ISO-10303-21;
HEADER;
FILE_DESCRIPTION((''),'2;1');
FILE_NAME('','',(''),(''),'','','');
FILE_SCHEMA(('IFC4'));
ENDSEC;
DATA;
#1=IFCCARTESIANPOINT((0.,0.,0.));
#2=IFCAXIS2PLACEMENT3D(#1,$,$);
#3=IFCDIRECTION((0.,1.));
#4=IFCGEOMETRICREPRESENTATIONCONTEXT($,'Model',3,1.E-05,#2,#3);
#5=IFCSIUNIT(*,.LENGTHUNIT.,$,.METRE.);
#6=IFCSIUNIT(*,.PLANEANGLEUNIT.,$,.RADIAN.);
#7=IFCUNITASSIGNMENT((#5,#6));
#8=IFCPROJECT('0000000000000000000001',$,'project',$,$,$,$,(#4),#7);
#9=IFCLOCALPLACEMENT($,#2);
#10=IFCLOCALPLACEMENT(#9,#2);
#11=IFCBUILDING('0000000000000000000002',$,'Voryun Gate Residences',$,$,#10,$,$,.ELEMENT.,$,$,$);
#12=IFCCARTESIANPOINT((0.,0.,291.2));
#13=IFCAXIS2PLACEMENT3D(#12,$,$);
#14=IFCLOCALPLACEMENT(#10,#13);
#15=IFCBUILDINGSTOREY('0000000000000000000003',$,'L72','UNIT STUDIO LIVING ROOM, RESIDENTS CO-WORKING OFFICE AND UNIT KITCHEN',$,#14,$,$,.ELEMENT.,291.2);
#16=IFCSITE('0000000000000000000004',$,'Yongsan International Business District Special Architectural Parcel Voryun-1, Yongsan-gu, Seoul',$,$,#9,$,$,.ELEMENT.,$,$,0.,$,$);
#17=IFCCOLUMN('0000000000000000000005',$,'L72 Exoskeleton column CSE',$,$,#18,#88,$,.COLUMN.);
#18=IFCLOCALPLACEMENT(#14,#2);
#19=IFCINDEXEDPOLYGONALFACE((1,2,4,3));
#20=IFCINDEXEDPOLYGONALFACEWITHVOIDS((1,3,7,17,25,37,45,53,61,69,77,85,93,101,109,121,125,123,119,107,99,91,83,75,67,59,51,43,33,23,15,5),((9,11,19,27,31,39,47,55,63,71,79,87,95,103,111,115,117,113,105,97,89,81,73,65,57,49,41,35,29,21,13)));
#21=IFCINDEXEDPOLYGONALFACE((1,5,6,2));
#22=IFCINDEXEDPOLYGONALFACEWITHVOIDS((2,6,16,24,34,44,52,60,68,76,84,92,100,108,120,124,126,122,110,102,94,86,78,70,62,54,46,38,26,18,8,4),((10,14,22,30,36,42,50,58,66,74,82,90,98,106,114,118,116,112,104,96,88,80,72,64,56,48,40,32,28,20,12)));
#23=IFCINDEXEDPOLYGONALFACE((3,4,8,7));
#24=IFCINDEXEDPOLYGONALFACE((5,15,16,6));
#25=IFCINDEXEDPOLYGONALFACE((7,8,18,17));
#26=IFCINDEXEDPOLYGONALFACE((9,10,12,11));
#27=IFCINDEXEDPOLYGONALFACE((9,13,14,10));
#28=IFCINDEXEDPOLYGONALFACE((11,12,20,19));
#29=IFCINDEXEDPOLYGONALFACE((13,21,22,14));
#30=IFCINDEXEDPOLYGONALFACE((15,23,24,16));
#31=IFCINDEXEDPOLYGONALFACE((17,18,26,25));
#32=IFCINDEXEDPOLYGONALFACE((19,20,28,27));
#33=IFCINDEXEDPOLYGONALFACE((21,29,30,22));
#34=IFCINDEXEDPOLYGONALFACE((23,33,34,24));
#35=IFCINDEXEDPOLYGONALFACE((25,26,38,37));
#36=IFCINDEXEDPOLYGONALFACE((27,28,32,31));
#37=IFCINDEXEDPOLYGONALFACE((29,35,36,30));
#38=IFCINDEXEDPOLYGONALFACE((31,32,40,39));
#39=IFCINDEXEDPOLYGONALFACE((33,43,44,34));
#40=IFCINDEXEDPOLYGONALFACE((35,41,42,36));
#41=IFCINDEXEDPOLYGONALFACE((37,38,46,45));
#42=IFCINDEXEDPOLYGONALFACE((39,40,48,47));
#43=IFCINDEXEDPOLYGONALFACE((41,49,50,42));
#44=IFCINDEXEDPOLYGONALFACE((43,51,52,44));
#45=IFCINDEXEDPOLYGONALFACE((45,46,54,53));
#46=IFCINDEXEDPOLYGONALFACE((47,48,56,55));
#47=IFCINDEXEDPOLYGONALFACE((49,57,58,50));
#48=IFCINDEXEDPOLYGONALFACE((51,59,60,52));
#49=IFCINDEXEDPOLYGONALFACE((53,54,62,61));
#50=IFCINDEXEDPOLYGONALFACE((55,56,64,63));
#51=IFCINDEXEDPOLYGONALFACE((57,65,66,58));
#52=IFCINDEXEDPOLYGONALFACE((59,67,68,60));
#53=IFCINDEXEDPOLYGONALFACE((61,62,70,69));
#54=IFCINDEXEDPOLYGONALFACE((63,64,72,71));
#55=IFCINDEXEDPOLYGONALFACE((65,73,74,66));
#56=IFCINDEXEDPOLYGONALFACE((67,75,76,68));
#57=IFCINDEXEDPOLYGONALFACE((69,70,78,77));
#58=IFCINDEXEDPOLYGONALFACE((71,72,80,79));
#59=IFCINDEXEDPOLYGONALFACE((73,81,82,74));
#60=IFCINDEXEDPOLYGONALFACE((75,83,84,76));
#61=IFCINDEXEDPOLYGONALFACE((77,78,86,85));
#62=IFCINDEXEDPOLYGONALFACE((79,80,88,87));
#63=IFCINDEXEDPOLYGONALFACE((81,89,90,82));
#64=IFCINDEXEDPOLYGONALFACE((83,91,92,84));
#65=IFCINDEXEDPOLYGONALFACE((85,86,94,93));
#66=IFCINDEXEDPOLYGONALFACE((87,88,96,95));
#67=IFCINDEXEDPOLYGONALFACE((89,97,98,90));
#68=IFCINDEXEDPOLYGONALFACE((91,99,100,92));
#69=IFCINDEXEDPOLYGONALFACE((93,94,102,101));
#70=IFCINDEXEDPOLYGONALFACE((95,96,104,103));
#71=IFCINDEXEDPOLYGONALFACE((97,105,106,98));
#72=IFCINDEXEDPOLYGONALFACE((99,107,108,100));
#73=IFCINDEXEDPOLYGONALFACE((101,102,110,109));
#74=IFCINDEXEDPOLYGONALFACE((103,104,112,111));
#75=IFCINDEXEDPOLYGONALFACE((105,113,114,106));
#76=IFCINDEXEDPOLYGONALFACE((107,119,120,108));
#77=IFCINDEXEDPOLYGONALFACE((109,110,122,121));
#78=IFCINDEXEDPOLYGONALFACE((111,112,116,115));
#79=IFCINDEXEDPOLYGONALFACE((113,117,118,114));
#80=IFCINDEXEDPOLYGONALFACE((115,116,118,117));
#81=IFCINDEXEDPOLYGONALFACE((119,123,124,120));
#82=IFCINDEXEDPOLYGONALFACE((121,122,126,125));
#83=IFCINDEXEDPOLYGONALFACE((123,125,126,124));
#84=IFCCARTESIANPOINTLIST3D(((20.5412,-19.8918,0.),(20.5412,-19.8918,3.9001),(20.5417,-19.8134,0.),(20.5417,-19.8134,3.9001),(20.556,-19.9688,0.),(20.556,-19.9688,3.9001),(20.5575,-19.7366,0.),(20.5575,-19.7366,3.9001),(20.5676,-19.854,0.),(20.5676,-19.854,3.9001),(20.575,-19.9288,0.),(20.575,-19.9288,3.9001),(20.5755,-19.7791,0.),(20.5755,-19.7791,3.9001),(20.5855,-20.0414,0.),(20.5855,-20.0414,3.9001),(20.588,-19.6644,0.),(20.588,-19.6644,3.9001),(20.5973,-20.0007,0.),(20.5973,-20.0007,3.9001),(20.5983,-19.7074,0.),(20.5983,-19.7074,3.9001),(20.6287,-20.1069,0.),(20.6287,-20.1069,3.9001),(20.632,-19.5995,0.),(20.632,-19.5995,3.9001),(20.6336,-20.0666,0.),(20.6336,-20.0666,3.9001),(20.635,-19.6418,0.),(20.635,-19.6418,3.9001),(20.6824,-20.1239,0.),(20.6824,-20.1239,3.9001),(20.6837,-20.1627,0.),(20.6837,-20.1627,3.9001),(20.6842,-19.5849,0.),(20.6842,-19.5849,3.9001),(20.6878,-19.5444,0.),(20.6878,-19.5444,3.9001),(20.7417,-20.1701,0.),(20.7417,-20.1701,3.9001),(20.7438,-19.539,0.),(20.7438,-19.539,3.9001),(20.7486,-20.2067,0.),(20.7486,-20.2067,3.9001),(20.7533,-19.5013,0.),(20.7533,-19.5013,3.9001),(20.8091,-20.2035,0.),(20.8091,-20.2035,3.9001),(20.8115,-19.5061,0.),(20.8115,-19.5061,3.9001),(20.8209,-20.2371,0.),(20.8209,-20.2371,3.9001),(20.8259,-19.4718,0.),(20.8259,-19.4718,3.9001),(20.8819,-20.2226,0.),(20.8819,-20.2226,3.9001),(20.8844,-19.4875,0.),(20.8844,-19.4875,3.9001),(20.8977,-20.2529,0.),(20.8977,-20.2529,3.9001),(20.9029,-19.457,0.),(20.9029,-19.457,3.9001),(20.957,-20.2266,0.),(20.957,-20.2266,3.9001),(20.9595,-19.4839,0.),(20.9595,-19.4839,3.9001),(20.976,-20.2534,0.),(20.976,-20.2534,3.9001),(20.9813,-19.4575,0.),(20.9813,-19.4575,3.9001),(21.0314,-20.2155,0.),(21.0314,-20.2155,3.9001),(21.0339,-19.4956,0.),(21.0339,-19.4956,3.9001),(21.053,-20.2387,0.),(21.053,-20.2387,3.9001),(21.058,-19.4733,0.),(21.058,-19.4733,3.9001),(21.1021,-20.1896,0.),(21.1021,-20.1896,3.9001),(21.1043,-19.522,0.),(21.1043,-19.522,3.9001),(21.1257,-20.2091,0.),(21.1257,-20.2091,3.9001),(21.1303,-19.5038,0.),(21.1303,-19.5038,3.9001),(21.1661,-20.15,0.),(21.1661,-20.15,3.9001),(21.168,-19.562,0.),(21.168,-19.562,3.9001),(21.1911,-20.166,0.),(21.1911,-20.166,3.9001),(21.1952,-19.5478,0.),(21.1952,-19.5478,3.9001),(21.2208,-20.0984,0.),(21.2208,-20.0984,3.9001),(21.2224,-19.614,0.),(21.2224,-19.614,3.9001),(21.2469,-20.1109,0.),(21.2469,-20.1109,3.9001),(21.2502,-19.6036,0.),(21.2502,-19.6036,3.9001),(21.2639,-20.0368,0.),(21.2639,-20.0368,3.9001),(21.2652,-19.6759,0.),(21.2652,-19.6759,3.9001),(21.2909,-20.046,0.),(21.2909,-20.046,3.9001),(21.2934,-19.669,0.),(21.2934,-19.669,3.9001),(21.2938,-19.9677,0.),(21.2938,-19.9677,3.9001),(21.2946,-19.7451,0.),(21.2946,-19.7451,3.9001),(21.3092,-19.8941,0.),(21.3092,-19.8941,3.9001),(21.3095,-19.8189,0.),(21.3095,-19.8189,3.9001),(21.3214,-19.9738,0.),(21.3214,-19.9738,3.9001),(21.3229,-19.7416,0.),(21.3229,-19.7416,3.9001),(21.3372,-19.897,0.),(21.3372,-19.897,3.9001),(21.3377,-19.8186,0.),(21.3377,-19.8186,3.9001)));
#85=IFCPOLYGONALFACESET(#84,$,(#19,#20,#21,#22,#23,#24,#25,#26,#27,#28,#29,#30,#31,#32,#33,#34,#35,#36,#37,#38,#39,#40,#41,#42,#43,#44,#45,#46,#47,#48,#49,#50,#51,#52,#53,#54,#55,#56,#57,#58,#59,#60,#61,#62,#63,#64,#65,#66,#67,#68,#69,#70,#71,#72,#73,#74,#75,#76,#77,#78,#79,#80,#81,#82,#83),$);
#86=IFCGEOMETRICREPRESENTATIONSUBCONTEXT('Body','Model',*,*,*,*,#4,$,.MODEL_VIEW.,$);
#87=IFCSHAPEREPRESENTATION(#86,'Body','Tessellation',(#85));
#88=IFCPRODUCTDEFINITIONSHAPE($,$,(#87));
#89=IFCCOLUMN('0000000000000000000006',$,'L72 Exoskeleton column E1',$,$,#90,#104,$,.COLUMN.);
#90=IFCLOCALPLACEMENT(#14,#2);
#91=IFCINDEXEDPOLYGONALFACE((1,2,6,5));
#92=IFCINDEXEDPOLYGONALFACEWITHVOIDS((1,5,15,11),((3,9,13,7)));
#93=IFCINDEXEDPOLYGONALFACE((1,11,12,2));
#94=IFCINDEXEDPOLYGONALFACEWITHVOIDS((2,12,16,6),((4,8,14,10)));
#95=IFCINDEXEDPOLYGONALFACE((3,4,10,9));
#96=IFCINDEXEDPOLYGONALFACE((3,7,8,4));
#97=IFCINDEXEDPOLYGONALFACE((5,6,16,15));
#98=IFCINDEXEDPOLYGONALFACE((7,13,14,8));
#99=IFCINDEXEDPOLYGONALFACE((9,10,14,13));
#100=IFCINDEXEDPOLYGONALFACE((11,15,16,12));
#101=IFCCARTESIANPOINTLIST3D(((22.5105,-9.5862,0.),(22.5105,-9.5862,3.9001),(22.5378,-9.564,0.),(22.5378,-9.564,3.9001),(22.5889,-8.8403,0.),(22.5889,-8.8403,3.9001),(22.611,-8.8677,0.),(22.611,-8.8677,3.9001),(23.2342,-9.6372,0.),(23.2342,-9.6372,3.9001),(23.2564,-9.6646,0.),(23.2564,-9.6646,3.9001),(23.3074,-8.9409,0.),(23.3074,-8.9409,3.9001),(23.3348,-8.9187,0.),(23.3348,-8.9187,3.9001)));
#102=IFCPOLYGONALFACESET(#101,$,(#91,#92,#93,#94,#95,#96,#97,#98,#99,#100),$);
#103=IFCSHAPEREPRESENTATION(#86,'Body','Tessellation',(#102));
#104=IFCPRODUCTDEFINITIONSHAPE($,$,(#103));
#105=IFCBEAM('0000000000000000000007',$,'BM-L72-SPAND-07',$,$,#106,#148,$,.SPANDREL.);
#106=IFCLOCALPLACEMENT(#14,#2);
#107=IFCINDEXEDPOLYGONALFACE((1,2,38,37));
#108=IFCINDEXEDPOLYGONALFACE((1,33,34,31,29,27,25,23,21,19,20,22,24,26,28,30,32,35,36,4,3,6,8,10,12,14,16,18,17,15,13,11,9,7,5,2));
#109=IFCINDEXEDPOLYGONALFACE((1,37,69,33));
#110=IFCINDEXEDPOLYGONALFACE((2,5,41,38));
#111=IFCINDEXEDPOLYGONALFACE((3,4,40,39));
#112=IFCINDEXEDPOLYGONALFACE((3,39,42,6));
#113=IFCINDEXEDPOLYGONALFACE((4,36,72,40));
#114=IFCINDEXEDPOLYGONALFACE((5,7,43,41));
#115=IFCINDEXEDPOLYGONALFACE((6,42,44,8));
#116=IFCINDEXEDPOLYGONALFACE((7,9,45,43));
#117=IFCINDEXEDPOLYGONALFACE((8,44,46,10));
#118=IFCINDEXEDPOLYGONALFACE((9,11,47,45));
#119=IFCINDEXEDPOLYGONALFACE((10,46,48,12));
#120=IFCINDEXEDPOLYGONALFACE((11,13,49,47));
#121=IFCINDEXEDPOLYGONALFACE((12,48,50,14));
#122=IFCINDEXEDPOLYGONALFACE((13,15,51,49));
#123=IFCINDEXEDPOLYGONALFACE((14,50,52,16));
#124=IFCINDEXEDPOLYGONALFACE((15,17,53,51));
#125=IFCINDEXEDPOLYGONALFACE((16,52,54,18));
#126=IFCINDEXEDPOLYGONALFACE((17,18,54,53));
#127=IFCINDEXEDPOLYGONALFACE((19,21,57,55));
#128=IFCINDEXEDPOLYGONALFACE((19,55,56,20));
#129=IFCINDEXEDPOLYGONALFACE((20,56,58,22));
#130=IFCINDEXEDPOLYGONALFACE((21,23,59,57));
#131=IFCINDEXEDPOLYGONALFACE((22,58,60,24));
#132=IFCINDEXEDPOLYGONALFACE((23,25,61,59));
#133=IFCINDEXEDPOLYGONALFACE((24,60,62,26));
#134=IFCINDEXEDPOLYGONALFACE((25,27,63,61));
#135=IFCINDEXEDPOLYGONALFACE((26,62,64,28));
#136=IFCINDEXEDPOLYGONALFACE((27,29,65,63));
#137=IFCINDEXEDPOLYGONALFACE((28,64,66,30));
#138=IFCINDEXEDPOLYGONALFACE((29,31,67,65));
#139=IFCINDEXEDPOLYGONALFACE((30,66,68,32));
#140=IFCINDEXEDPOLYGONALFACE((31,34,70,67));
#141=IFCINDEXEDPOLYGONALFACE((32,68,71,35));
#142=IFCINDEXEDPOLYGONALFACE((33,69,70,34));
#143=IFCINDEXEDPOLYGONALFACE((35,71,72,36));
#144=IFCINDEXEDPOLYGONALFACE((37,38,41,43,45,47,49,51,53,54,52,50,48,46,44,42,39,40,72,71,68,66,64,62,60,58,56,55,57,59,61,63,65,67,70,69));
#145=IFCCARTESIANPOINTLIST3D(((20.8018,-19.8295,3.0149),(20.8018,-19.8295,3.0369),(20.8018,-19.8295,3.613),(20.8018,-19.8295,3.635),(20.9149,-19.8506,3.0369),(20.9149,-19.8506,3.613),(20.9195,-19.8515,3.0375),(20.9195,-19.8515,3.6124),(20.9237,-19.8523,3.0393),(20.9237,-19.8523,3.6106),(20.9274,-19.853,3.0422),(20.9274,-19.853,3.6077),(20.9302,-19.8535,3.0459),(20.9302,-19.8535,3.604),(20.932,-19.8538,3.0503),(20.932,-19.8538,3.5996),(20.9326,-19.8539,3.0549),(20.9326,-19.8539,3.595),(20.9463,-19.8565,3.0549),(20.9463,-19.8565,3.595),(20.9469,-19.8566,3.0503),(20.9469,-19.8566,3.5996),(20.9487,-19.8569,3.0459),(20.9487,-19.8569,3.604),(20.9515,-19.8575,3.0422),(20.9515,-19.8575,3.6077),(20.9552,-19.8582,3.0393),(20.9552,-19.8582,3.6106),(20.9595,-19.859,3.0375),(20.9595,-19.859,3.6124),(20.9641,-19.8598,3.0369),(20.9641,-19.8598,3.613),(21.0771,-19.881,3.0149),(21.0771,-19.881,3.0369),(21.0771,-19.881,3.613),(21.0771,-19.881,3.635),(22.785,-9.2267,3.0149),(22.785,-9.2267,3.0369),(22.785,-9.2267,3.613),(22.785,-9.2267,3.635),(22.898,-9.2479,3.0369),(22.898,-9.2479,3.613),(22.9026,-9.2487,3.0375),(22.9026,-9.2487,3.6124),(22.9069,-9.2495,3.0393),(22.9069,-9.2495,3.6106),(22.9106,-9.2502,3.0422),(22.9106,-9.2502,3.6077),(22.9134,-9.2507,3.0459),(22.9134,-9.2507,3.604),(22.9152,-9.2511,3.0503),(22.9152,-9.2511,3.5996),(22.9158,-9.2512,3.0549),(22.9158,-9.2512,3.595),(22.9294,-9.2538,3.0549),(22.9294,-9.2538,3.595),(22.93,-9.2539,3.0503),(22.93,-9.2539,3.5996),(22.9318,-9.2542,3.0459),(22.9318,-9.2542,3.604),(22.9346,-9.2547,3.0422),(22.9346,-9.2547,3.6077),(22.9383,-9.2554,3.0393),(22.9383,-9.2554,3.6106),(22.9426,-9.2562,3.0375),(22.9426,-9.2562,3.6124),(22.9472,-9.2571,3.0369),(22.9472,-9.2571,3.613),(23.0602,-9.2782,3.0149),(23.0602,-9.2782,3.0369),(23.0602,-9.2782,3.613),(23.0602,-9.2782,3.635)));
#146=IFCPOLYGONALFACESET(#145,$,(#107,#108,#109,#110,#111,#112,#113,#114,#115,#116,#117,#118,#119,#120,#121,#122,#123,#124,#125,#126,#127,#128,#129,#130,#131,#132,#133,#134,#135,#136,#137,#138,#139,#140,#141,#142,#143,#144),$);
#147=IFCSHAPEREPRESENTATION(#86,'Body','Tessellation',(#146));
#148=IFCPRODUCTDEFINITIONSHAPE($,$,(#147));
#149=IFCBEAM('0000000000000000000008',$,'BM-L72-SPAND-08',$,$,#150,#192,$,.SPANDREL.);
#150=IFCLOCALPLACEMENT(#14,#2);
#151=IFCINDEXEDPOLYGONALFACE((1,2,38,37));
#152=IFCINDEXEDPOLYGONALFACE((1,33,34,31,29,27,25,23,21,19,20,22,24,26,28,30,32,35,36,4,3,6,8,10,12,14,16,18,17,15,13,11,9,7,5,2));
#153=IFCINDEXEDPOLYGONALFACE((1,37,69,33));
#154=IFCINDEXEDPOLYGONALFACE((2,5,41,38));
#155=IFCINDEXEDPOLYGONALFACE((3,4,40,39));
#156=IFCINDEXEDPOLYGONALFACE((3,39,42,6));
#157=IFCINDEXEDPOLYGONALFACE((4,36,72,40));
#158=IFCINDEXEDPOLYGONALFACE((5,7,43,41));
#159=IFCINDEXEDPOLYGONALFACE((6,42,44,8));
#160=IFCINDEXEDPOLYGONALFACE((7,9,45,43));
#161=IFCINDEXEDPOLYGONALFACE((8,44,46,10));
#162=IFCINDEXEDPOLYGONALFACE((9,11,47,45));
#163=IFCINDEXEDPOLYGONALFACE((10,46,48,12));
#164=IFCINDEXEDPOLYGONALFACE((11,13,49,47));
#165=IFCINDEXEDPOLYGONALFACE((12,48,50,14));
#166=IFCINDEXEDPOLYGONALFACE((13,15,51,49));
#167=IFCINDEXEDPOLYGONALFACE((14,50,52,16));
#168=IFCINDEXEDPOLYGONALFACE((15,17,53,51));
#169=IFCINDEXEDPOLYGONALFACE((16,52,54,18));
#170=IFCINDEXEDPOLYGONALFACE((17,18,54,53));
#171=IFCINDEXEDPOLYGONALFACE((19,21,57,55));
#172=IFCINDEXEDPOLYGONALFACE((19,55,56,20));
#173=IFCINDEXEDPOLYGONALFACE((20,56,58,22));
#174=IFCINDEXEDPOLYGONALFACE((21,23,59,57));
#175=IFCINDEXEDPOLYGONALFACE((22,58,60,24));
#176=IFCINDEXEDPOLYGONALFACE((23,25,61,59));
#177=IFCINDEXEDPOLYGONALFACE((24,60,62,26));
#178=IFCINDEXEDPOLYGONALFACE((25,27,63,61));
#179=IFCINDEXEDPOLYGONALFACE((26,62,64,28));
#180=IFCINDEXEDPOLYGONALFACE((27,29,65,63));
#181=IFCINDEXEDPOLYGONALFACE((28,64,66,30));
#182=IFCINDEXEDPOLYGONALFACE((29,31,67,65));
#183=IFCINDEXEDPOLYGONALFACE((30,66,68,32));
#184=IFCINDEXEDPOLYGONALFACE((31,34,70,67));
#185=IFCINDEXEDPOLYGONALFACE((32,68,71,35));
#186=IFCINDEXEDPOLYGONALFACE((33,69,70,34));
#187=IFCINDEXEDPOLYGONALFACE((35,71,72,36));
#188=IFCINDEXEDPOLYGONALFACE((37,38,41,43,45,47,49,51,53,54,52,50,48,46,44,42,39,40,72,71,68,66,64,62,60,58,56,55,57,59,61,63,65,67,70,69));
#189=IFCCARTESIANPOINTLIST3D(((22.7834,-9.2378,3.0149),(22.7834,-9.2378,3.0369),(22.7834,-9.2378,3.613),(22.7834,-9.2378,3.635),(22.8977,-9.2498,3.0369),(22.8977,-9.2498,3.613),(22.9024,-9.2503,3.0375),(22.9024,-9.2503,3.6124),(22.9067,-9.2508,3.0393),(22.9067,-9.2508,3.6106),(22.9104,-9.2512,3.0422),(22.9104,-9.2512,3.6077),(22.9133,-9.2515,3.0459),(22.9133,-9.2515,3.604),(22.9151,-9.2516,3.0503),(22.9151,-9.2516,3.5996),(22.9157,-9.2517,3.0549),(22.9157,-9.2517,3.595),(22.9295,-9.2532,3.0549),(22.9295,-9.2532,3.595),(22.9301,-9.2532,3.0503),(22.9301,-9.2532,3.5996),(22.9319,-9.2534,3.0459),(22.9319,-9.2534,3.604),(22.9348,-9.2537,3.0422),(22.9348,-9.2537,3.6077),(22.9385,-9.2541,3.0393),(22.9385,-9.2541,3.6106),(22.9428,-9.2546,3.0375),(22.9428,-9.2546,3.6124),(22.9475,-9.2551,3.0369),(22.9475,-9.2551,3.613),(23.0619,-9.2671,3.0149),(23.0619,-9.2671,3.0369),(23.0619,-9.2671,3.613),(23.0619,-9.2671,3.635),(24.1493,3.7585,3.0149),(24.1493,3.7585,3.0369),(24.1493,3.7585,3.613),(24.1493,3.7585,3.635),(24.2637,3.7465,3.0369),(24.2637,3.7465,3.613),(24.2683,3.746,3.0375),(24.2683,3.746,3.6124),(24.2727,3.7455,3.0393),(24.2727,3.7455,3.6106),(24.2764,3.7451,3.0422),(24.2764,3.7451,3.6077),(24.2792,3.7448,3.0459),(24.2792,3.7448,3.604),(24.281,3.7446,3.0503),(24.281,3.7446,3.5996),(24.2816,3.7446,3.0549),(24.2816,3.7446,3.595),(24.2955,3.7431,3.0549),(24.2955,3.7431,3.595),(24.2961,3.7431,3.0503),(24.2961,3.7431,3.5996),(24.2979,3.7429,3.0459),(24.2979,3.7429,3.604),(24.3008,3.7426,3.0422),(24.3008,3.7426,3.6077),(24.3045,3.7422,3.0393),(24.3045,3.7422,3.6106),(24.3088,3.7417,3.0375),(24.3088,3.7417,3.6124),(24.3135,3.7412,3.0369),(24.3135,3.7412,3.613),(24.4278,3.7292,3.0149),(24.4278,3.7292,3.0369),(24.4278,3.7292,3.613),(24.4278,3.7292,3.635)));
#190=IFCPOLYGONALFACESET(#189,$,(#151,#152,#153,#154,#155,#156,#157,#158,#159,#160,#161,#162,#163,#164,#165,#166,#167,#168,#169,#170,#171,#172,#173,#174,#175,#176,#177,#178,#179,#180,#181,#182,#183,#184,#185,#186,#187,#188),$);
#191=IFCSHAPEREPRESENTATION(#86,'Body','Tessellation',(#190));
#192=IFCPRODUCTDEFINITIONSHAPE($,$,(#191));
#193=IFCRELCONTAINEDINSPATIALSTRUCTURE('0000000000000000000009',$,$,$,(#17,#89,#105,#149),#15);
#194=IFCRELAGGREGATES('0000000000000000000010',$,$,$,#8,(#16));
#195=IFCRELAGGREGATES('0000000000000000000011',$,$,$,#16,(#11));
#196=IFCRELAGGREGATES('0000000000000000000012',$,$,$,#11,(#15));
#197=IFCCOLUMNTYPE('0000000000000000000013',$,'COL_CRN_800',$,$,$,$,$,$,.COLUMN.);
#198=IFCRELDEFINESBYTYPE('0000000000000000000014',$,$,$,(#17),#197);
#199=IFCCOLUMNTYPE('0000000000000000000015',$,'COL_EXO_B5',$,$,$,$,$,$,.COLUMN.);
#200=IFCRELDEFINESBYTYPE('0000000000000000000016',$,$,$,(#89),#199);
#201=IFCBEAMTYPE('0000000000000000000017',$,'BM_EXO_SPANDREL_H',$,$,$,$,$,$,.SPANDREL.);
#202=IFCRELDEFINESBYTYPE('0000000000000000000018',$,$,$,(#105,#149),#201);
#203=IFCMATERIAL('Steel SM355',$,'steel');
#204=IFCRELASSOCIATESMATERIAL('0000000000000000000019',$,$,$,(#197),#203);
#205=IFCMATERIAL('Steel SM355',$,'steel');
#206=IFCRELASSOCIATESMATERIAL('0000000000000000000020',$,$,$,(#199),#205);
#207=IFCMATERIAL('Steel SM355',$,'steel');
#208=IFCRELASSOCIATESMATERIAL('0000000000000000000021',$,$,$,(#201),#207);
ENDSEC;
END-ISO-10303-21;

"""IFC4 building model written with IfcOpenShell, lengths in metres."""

from ifc_helpers import new_model, si_unit, direction, frame, origin, origin_2d, place, context, subcontext, project, spatial, hollow_rectangle, hollow_circle, i_section, extrude, material, material_profile, profile_set, type_object, element, save


model = new_model("IFC4")

# Units and contexts
model_context = context("Model", 3, precision=1e-05, world=origin(), true_north=direction((0.0, 1.0)))
body_context = subcontext(model_context, "Body", "Model", "MODEL_VIEW")
ifc_project = project(units=[si_unit("LENGTHUNIT", "METRE"), si_unit("PLANEANGLEUNIT", "RADIAN")], contexts=[model_context])

# Site, building, storey
site_placement = place(None, origin())
site = spatial("IfcSite", under=ifc_project, at=site_placement, Name="Yongsan International Business District Special Architectural Parcel Voryun-1, Yongsan-gu, Seoul", CompositionType="ELEMENT", RefElevation=0.0)
building_placement = place(site_placement, origin())
building = spatial("IfcBuilding", under=site, at=building_placement, Name="Voryun Gate Residences", CompositionType="ELEMENT")
storey_placement = place(building_placement, frame((0.0, 0.0, 291.2)))
storey = spatial("IfcBuildingStorey", under=building, at=storey_placement, Name="L72", Description="UNIT STUDIO LIVING ROOM, RESIDENTS CO-WORKING OFFICE AND UNIT KITCHEN", CompositionType="ELEMENT", Elevation=291.2)

# Columns
ifc_material_1 = material(Name="Steel SM355", Category="steel")
ifc_material_profile_1 = material_profile(ifc_material_1, hollow_circle(Radius=0.3999, WallThickness=0.0281, at=origin_2d()), Name="CHS-800x28")
ifc_profile_set_1 = profile_set([ifc_material_profile_1], Name="Steel SM355")
column_type_1 = type_object("IfcColumnType", Name="COL_CRN_800", PredefinedType="COLUMN", material=ifc_profile_set_1)
column_1_placement = place(storey_placement, frame((20.9395, -19.8552, 0.0), z_axis=(0.0, 0.0, 1.0), x_axis=(0.994522, -0.104528, 0.0)))
element("IfcColumn", 1, at=column_1_placement, inside=storey, type_object=column_type_1, Name="L72 Exoskeleton column CSE", PredefinedType="COLUMN", context=body_context, shape_type="SweptSolid", body=[
    extrude(hollow_circle(Radius=0.3999, WallThickness=0.0281, at=origin_2d()), origin(), (0.0, 0.0, 1.0), 3.9001),
])
ifc_material_2 = material(Name="Steel SM355", Category="steel")
ifc_material_profile_2 = material_profile(ifc_material_2, hollow_rectangle(XDim=0.75, YDim=0.75, WallThickness=0.0249, at=origin_2d()), Name="BOX-750x750x25")
ifc_profile_set_2 = profile_set([ifc_material_profile_2], Name="Steel SM355")
column_type_2 = type_object("IfcColumnType", Name="COL_EXO_B5", PredefinedType="COLUMN", material=ifc_profile_set_2)
column_2_placement = place(storey_placement, frame((22.9226, -9.2524, 0.0), z_axis=(0.0, 0.0, 1.0), x_axis=(0.994522, -0.104528, 0.0)))
element("IfcColumn", 2, at=column_2_placement, inside=storey, type_object=column_type_2, Name="L72 Exoskeleton column E1", PredefinedType="COLUMN", context=body_context, shape_type="SweptSolid", body=[
    extrude(hollow_rectangle(XDim=0.75, YDim=0.75, WallThickness=0.0249, at=origin_2d()), origin(), (0.0, 0.0, 1.0), 3.9001),
])

# Beams
ifc_material_3 = material(Name="Steel SM355", Category="steel")
ifc_material_profile_3 = material_profile(ifc_material_3, i_section(OverallWidth=0.28, OverallDepth=0.6201, WebThickness=0.0139, FlangeThickness=0.022, FilletRadius=0.0181, at=origin_2d()), Name="H-620x280x14x22")
ifc_profile_set_3 = profile_set([ifc_material_profile_3], Name="Steel SM355")
beam_type = type_object("IfcBeamType", Name="BM_EXO_SPANDREL_H", PredefinedType="SPANDREL", material=ifc_profile_set_3)
beam_1_placement = place(storey_placement, frame((20.9395, -19.8552, 3.325), z_axis=(0.183853, 0.982954, 0.0), x_axis=(-0.982954, 0.183853, 0.0)))
element("IfcBeam", 3, at=beam_1_placement, inside=storey, type_object=beam_type, Name="BM-L72-SPAND-07", PredefinedType="SPANDREL", context=body_context, shape_type="SweptSolid", body=[
    extrude(i_section(OverallWidth=0.28, OverallDepth=0.6201, WebThickness=0.0139, FlangeThickness=0.022, FilletRadius=0.0181, at=origin_2d()), origin(), (0.0, 0.0, 1.0), 10.7866),
])
beam_2_placement = place(storey_placement, frame((22.9226, -9.2524, 3.325), z_axis=(0.104528, 0.994522, 0.0), x_axis=(-0.994522, 0.104528, 0.0)))
element("IfcBeam", 4, at=beam_2_placement, inside=storey, type_object=beam_type, Name="BM-L72-SPAND-08", PredefinedType="SPANDREL", context=body_context, shape_type="SweptSolid", body=[
    extrude(i_section(OverallWidth=0.28, OverallDepth=0.6201, WebThickness=0.0139, FlangeThickness=0.022, FilletRadius=0.0181, at=origin_2d()), origin(), (0.0, 0.0, 1.0), 13.0679),
])

save(model, "model.ifc")
